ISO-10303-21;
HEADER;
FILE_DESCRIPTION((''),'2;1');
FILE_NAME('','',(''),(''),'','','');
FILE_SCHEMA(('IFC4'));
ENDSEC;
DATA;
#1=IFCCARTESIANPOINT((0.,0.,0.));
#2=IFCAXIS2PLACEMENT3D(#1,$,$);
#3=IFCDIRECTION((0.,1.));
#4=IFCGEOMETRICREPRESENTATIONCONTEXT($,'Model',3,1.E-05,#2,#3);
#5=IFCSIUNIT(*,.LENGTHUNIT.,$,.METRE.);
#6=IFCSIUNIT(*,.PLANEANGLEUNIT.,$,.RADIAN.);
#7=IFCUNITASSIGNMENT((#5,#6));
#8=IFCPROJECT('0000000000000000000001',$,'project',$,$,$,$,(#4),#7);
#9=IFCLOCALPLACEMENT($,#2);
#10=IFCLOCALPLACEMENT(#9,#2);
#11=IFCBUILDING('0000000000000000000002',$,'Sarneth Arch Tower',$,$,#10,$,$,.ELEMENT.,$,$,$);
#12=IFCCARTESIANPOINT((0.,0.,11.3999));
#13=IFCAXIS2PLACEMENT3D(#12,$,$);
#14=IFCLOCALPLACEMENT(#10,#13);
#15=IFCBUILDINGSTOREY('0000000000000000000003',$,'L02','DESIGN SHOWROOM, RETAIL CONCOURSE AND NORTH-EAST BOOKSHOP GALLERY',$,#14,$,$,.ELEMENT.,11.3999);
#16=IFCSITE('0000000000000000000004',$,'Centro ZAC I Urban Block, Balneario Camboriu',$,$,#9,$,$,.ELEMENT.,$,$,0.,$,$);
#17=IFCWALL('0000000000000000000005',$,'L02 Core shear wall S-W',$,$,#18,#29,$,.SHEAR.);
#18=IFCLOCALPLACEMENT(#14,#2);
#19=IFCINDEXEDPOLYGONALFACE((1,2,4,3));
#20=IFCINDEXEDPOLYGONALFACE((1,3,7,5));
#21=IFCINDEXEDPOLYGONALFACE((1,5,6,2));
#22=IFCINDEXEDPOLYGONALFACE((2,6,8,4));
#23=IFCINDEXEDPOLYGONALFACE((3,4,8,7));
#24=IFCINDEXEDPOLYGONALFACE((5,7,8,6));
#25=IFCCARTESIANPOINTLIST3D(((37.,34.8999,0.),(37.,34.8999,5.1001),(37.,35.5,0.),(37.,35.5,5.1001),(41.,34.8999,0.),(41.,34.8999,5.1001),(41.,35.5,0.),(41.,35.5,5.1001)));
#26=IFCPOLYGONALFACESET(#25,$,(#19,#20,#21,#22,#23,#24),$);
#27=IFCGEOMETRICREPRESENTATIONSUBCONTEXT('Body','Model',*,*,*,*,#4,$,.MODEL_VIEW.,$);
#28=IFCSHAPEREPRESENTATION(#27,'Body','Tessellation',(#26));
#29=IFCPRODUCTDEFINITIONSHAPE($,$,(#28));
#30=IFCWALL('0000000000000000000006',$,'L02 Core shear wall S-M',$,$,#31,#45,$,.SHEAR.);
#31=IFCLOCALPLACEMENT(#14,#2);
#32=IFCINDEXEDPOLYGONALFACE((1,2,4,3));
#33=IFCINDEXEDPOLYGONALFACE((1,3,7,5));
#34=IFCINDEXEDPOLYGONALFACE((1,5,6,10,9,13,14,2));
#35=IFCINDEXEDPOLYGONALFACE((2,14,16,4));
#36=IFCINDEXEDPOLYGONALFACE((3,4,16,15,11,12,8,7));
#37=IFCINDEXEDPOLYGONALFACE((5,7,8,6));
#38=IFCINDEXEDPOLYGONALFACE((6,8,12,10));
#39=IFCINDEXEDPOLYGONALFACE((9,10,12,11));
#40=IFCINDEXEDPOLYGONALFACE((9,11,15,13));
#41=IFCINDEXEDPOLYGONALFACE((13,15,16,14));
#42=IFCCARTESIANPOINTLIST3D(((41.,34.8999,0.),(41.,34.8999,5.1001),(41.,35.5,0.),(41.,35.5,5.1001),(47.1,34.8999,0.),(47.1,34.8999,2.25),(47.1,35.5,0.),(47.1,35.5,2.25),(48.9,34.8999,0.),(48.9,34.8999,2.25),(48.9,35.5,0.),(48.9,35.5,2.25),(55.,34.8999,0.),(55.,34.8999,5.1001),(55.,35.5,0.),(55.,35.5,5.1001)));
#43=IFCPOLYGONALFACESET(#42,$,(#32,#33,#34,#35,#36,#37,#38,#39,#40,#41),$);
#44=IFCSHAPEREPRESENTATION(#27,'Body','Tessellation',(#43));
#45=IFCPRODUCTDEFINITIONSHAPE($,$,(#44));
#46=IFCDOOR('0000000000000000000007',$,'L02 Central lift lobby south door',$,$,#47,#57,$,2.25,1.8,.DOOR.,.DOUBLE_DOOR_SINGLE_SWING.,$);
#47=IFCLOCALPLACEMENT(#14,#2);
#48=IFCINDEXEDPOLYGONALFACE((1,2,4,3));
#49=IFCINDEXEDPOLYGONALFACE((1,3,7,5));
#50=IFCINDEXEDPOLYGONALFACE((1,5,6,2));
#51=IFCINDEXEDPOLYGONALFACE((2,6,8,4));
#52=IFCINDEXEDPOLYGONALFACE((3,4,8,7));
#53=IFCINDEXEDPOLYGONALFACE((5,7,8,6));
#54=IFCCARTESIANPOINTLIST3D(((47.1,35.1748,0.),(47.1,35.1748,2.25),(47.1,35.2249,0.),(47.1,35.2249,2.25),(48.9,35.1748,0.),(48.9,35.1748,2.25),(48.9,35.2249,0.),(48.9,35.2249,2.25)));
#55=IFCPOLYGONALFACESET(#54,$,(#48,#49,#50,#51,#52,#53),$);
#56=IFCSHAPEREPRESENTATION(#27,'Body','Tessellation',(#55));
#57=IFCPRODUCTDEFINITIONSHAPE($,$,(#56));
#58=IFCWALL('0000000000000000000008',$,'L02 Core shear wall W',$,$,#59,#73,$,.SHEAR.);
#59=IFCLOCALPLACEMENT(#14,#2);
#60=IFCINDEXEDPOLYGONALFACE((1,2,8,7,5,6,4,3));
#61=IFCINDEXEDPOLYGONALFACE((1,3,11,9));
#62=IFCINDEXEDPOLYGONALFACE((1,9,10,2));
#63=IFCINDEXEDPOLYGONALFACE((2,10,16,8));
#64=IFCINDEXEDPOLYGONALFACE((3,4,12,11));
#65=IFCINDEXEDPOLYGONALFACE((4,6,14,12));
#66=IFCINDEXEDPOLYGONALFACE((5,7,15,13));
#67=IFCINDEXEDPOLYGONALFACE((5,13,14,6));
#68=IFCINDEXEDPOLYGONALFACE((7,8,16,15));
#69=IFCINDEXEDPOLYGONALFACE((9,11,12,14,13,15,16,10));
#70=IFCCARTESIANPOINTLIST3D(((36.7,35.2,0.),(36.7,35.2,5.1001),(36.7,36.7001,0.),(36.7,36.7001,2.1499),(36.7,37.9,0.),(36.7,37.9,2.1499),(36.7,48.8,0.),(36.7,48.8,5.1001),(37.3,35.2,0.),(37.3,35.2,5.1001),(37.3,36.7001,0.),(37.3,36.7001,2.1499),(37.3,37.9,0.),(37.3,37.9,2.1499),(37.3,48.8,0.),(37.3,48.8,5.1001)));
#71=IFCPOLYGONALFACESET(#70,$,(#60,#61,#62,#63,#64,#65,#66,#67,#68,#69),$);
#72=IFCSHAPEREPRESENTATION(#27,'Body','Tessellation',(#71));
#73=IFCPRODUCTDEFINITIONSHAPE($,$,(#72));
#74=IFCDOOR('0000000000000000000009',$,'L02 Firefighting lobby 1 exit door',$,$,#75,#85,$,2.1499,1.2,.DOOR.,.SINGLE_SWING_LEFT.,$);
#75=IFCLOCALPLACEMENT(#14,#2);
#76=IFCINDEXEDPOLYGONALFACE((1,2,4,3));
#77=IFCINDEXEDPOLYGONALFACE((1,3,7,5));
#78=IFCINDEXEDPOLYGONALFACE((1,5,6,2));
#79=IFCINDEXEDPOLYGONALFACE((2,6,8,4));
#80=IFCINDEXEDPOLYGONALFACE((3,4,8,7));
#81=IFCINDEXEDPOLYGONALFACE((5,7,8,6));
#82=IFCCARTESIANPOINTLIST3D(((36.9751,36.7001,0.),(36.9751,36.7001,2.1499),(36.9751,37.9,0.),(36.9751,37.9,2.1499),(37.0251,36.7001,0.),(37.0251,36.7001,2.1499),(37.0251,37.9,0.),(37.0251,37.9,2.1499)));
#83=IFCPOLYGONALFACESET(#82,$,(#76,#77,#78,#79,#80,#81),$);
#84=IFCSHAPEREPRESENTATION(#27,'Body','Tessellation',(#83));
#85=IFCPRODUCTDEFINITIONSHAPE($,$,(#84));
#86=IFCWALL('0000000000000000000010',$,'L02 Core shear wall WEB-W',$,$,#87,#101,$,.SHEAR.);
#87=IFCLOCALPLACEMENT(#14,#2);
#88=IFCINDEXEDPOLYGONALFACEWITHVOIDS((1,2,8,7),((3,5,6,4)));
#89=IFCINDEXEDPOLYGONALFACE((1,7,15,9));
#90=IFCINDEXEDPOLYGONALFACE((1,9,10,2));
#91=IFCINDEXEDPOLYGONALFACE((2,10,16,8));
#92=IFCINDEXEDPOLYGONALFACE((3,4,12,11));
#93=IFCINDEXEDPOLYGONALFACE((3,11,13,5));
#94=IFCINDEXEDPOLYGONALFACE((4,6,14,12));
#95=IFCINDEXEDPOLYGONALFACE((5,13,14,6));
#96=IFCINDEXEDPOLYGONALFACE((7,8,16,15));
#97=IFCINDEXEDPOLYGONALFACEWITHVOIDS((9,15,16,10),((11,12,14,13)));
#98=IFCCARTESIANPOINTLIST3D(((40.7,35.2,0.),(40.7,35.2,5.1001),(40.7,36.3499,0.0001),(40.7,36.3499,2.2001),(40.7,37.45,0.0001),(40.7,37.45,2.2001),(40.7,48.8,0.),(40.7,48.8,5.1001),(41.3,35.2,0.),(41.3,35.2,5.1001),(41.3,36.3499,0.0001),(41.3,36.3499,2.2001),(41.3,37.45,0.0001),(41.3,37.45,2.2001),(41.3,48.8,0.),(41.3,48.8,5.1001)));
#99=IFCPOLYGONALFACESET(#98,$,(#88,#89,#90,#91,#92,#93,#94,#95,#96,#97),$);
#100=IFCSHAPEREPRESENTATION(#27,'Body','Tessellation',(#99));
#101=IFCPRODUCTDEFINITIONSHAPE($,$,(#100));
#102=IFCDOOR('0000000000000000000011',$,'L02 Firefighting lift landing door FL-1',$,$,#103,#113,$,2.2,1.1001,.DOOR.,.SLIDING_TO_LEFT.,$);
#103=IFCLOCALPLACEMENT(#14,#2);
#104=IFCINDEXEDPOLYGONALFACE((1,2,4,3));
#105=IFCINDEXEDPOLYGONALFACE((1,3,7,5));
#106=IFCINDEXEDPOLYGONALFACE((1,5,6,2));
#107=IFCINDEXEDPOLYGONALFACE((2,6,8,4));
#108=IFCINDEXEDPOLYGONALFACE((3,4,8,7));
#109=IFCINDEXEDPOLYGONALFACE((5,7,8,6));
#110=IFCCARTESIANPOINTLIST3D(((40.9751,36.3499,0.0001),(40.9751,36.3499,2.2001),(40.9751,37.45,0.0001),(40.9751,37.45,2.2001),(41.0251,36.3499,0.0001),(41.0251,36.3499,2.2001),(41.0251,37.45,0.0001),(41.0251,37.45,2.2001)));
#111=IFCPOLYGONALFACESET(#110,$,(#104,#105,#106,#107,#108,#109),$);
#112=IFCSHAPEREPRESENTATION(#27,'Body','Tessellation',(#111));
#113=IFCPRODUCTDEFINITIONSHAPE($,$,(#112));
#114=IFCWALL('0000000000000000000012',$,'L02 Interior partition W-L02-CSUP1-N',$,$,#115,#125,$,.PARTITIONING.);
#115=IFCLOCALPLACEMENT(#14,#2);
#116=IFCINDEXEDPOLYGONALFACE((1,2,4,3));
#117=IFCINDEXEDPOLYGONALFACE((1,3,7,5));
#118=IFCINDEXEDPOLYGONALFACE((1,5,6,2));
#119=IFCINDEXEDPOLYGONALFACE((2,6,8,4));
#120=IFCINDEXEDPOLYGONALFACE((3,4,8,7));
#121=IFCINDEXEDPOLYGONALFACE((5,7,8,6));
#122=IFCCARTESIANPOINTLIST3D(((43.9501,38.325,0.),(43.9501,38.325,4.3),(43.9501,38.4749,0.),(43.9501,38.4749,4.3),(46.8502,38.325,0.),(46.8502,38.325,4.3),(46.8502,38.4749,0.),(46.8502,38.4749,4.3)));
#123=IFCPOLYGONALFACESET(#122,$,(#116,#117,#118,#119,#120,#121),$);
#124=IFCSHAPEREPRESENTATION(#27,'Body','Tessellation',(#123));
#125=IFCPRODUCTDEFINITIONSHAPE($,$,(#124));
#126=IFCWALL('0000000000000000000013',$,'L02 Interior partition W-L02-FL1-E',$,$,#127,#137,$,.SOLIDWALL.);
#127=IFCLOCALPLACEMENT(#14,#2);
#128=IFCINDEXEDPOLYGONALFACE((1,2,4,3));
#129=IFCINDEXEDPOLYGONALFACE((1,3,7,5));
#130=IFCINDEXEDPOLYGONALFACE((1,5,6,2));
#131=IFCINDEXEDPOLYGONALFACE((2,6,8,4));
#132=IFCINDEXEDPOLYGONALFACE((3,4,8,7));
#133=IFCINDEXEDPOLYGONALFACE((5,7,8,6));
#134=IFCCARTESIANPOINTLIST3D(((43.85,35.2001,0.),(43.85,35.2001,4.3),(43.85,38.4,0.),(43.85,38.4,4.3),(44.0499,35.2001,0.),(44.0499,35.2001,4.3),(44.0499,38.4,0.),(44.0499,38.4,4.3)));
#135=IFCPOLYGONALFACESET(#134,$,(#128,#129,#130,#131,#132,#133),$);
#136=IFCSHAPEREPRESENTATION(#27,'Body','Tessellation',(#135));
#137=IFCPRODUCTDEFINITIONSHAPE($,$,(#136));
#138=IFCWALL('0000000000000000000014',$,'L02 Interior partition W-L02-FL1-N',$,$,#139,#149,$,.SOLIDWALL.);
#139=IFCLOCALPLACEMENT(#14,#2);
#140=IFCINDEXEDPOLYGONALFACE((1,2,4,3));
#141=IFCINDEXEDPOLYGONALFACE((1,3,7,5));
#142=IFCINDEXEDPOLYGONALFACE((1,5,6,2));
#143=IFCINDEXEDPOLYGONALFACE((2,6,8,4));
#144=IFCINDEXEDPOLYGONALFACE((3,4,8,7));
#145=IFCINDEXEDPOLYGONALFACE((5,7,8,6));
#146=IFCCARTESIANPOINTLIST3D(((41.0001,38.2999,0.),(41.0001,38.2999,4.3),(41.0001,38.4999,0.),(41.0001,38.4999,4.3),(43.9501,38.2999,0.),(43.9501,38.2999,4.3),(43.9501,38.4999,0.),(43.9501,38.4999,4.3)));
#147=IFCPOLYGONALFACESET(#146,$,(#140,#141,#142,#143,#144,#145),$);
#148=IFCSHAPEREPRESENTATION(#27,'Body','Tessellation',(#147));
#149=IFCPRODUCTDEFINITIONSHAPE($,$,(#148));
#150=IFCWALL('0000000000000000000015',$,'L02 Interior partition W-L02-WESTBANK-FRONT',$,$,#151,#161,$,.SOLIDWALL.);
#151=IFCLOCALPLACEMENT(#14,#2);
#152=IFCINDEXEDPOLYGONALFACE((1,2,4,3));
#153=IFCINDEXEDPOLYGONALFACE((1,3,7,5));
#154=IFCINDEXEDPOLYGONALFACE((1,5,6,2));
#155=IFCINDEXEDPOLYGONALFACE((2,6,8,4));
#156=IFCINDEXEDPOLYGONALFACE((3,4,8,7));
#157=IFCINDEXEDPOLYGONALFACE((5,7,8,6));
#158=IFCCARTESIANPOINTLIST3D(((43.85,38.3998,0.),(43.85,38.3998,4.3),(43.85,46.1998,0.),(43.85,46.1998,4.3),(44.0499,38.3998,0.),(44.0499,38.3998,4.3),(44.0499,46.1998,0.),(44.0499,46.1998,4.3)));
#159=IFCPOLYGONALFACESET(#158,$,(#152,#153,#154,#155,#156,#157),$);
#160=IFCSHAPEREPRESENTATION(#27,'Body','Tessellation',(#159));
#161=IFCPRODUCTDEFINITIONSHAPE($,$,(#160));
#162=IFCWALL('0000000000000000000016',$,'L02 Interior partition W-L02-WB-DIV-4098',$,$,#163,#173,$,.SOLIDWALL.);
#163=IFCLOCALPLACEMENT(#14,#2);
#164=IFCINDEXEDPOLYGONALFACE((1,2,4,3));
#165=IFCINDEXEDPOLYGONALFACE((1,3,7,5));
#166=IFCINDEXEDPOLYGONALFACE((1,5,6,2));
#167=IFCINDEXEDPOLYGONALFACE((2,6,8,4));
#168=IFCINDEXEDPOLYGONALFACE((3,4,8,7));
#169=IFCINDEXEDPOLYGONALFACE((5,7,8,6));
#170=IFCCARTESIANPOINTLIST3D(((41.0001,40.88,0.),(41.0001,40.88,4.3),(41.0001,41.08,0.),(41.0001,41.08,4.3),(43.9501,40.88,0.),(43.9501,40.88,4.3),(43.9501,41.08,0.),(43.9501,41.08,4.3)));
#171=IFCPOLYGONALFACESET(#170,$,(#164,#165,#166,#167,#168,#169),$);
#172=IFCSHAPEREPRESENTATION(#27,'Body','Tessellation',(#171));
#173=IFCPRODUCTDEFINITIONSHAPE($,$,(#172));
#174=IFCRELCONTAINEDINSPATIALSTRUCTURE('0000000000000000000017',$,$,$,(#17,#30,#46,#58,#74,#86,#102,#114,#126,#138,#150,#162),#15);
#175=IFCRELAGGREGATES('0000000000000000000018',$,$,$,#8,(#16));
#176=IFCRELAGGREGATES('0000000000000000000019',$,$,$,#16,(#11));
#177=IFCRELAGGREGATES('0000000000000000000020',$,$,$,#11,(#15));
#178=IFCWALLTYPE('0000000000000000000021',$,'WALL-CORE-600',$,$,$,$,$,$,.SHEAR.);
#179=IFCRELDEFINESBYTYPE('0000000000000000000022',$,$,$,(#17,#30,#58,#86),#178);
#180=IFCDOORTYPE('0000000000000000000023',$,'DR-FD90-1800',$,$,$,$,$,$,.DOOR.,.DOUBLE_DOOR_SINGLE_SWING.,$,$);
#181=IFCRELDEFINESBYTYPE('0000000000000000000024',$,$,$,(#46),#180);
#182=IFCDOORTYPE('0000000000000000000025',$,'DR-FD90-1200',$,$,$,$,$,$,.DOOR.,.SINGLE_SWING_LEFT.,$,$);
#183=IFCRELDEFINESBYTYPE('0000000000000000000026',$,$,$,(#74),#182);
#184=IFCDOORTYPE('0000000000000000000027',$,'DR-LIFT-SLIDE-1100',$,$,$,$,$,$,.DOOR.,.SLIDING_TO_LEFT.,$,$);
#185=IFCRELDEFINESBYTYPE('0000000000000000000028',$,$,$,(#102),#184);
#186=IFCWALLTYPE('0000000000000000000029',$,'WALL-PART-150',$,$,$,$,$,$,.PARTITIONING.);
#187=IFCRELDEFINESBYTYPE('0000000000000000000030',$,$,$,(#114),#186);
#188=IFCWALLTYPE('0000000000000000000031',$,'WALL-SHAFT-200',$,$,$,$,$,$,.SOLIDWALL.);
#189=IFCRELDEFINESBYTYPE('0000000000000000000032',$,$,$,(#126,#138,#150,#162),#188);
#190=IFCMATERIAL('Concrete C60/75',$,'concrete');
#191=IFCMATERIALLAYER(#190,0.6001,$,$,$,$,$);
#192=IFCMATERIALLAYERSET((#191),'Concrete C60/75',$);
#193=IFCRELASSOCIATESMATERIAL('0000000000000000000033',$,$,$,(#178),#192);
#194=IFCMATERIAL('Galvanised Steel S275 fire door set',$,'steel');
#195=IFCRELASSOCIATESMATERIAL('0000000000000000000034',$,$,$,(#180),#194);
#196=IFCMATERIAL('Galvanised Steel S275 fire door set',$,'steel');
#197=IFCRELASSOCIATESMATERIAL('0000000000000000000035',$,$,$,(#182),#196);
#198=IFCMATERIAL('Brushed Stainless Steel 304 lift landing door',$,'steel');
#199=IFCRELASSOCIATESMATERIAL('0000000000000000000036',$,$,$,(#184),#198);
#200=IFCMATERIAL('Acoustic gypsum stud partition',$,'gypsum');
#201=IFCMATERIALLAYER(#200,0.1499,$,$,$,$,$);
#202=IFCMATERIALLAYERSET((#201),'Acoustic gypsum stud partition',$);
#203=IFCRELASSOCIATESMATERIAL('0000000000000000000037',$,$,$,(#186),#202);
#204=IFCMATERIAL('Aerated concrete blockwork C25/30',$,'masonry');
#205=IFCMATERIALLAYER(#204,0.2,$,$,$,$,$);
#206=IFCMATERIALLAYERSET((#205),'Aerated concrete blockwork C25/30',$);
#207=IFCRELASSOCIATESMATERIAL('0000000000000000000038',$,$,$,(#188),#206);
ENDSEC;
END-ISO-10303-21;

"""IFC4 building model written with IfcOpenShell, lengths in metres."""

from ifc_helpers import new_model, si_unit, direction, frame, frame_2d, origin, place, context, subcontext, project, spatial, rectangle, extrude, material, layer, layer_set, type_object, element, fill, save


model = new_model("IFC4")

# Units and contexts
model_context = context("Model", 3, precision=1e-05, world=origin(), true_north=direction((0.0, 1.0)))
body_context = subcontext(model_context, "Body", "Model", "MODEL_VIEW")
ifc_project = project(units=[si_unit("LENGTHUNIT", "METRE"), si_unit("PLANEANGLEUNIT", "RADIAN")], contexts=[model_context])

# Site, building, storey
site_placement = place(None, origin())
site = spatial("IfcSite", under=ifc_project, at=site_placement, Name="Centro ZAC I Urban Block, Balneario Camboriu", CompositionType="ELEMENT", RefElevation=0.0)
building_placement = place(site_placement, origin())
building = spatial("IfcBuilding", under=site, at=building_placement, Name="Sarneth Arch Tower", CompositionType="ELEMENT")
storey_placement = place(building_placement, frame((0.0, 0.0, 11.3999)))
storey = spatial("IfcBuildingStorey", under=building, at=storey_placement, Name="L02", Description="DESIGN SHOWROOM, RETAIL CONCOURSE AND NORTH-EAST BOOKSHOP GALLERY", CompositionType="ELEMENT", Elevation=11.3999)

# Wall
ifc_material_1 = material(Name="Concrete C60/75", Category="concrete")
ifc_layer_1 = layer(ifc_material_1, 0.6001)
ifc_layer_set_1 = layer_set([ifc_layer_1], Name="Concrete C60/75")
wall_type_1 = type_object("IfcWallType", Name="WALL-CORE-600", PredefinedType="SHEAR", material=ifc_layer_set_1)
wall_1_placement = place(storey_placement, frame((37.0, 35.2, 0.0), z_axis=(0.0, 0.0, 1.0), x_axis=(1.0, 0.0, 0.0)))
element("IfcWall", 1, at=wall_1_placement, inside=storey, type_object=wall_type_1, Name="L02 Core shear wall S-W", PredefinedType="SHEAR", context=body_context, shape_type="SweptSolid", body=[
    extrude(rectangle(XDim=4.0, YDim=0.6001, at=frame_2d((2.0, 0.0))), origin(), (0.0, 0.0, 1.0), 5.1001),
])

# Walls, openings, doors
wall_2_placement = place(storey_placement, frame((41.0, 35.2, 0.0), z_axis=(0.0, 0.0, 1.0), x_axis=(1.0, 0.0, 0.0)))
wall_2 = element("IfcWall", 2, at=wall_2_placement, inside=storey, type_object=wall_type_1, Name="L02 Core shear wall S-M", PredefinedType="SHEAR", context=body_context, shape_type="SweptSolid", body=[
    extrude(rectangle(XDim=14.0, YDim=0.6001, at=frame_2d((7.0, 0.0))), origin(), (0.0, 0.0, 1.0), 5.1001),
])
opening_1_placement = place(wall_2_placement, frame((6.1001, 0.0, 0.0)))
opening_1 = element("IfcOpeningElement", 3, at=opening_1_placement, cuts=wall_2, PredefinedType="OPENING", context=body_context, shape_type="SweptSolid", body=[
    extrude(rectangle(XDim=1.8, YDim=2.25, at=frame_2d((0.8999, 1.125))), frame((0.0, 0.3101, 0.0), z_axis=(0.0, -1.0, 0.0), x_axis=(1.0, 0.0, 0.0)), (0.0, 0.0, 1.0), 0.6201),
])
ifc_material_2 = material(Name="Galvanised Steel S275 fire door set", Category="steel")
door_type_1 = type_object("IfcDoorType", Name="DR-FD90-1800", OperationType="DOUBLE_DOOR_SINGLE_SWING", PredefinedType="DOOR", material=ifc_material_2)
door_1_placement = place(opening_1_placement, origin())
door_1 = element("IfcDoor", 4, at=door_1_placement, inside=storey, type_object=door_type_1, Name="L02 Central lift lobby south door", OperationType="DOUBLE_DOOR_SINGLE_SWING", OverallHeight=2.25, OverallWidth=1.8, PredefinedType="DOOR", context=body_context, shape_type="SweptSolid", body=[
    extrude(rectangle(XDim=1.8, YDim=2.25, at=frame_2d((0.8999, 1.125))), frame((0.0, 0.0249, 0.0), z_axis=(0.0, -1.0, 0.0), x_axis=(1.0, 0.0, 0.0)), (0.0, 0.0, 1.0), 0.05),
])
fill(opening_1, door_1)
wall_3_placement = place(storey_placement, frame((37.0, 35.2, 0.0), z_axis=(0.0, 0.0, 1.0), x_axis=(0.0, 1.0, 0.0)))
wall_3 = element("IfcWall", 5, at=wall_3_placement, inside=storey, type_object=wall_type_1, Name="L02 Core shear wall W", PredefinedType="SHEAR", context=body_context, shape_type="SweptSolid", body=[
    extrude(rectangle(XDim=13.6001, YDim=0.6001, at=frame_2d((6.8, 0.0))), origin(), (0.0, 0.0, 1.0), 5.1001),
])
opening_2_placement = place(wall_3_placement, frame((1.5, 0.0, 0.0)))
opening_2 = element("IfcOpeningElement", 6, at=opening_2_placement, cuts=wall_3, PredefinedType="OPENING", context=body_context, shape_type="SweptSolid", body=[
    extrude(rectangle(XDim=1.2, YDim=2.1499, at=frame_2d((0.6001, 1.075))), frame((0.0, 0.3101, 0.0), z_axis=(0.0, -1.0, 0.0), x_axis=(1.0, 0.0, 0.0)), (0.0, 0.0, 1.0), 0.6201),
])
ifc_material_3 = material(Name="Galvanised Steel S275 fire door set", Category="steel")
door_type_2 = type_object("IfcDoorType", Name="DR-FD90-1200", OperationType="SINGLE_SWING_LEFT", PredefinedType="DOOR", material=ifc_material_3)
door_2_placement = place(opening_2_placement, origin())
door_2 = element("IfcDoor", 7, at=door_2_placement, inside=storey, type_object=door_type_2, Name="L02 Firefighting lobby 1 exit door", OperationType="SINGLE_SWING_LEFT", OverallHeight=2.1499, OverallWidth=1.2, PredefinedType="DOOR", context=body_context, shape_type="SweptSolid", body=[
    extrude(rectangle(XDim=1.2, YDim=2.1499, at=frame_2d((0.6001, 1.075))), frame((0.0, 0.0249, 0.0), z_axis=(0.0, -1.0, 0.0), x_axis=(1.0, 0.0, 0.0)), (0.0, 0.0, 1.0), 0.05),
])
fill(opening_2, door_2)
wall_4_placement = place(storey_placement, frame((41.0, 35.2, 0.0), z_axis=(0.0, 0.0, 1.0), x_axis=(0.0, 1.0, 0.0)))
wall_4 = element("IfcWall", 8, at=wall_4_placement, inside=storey, type_object=wall_type_1, Name="L02 Core shear wall WEB-W", PredefinedType="SHEAR", context=body_context, shape_type="SweptSolid", body=[
    extrude(rectangle(XDim=13.6001, YDim=0.6001, at=frame_2d((6.8, 0.0))), origin(), (0.0, 0.0, 1.0), 5.1001),
])
opening_3_placement = place(wall_4_placement, frame((1.1499, 0.0, 0.0)))
opening_3 = element("IfcOpeningElement", 9, at=opening_3_placement, cuts=wall_4, PredefinedType="OPENING", context=body_context, shape_type="SweptSolid", body=[
    extrude(rectangle(XDim=1.1001, YDim=2.2, at=frame_2d((0.55, 1.1001))), frame((0.0, 0.3101, 0.0), z_axis=(0.0, -1.0, 0.0), x_axis=(1.0, 0.0, 0.0)), (0.0, 0.0, 1.0), 0.6201),
])
ifc_material_4 = material(Name="Brushed Stainless Steel 304 lift landing door", Category="steel")
door_type_3 = type_object("IfcDoorType", Name="DR-LIFT-SLIDE-1100", OperationType="SLIDING_TO_LEFT", PredefinedType="DOOR", material=ifc_material_4)
door_3_placement = place(opening_3_placement, origin())
door_3 = element("IfcDoor", 10, at=door_3_placement, inside=storey, type_object=door_type_3, Name="L02 Firefighting lift landing door FL-1", OperationType="SLIDING_TO_LEFT", OverallHeight=2.2, OverallWidth=1.1001, PredefinedType="DOOR", context=body_context, shape_type="SweptSolid", body=[
    extrude(rectangle(XDim=1.1001, YDim=2.2, at=frame_2d((0.55, 1.1001))), frame((0.0, 0.0249, 0.0), z_axis=(0.0, -1.0, 0.0), x_axis=(1.0, 0.0, 0.0)), (0.0, 0.0, 1.0), 0.05),
])
fill(opening_3, door_3)

# Wall
ifc_material_5 = material(Name="Acoustic gypsum stud partition", Category="gypsum")
ifc_layer_2 = layer(ifc_material_5, 0.1499)
ifc_layer_set_2 = layer_set([ifc_layer_2], Name="Acoustic gypsum stud partition")
wall_type_2 = type_object("IfcWallType", Name="WALL-PART-150", PredefinedType="PARTITIONING", material=ifc_layer_set_2)
wall_5_placement = place(storey_placement, frame((43.95, 38.3999, 0.0), z_axis=(0.0, 0.0, 1.0), x_axis=(1.0, 0.0, 0.0)))
element("IfcWall", 11, at=wall_5_placement, inside=storey, type_object=wall_type_2, Name="L02 Interior partition W-L02-CSUP1-N", PredefinedType="PARTITIONING", context=body_context, shape_type="SweptSolid", body=[
    extrude(rectangle(XDim=2.9001, YDim=0.1499, at=frame_2d((1.4502, 0.0))), origin(), (0.0, 0.0, 1.0), 4.3),
])

# Shared definitions
ifc_material_6 = material(Name="Aerated concrete blockwork C25/30", Category="masonry")
ifc_layer_3 = layer(ifc_material_6, 0.2)
ifc_layer_set_3 = layer_set([ifc_layer_3], Name="Aerated concrete blockwork C25/30")
wall_type_3 = type_object("IfcWallType", Name="WALL-SHAFT-200", PredefinedType="SOLIDWALL", material=ifc_layer_set_3)

# Walls
wall_6_placement = place(storey_placement, frame((43.95, 35.2, 0.0), z_axis=(0.0, 0.0, 1.0), x_axis=(0.0, 1.0, 0.0)))
element("IfcWall", 12, at=wall_6_placement, inside=storey, type_object=wall_type_3, Name="L02 Interior partition W-L02-FL1-E", PredefinedType="SOLIDWALL", context=body_context, shape_type="SweptSolid", body=[
    extrude(rectangle(XDim=3.2, YDim=0.2, at=frame_2d((1.6001, 0.0))), origin(), (0.0, 0.0, 1.0), 4.3),
])
wall_7_placement = place(storey_placement, frame((41.0, 38.3999, 0.0), z_axis=(0.0, 0.0, 1.0), x_axis=(1.0, 0.0, 0.0)))
element("IfcWall", 13, at=wall_7_placement, inside=storey, type_object=wall_type_3, Name="L02 Interior partition W-L02-FL1-N", PredefinedType="SOLIDWALL", context=body_context, shape_type="SweptSolid", body=[
    extrude(rectangle(XDim=2.95, YDim=0.2, at=frame_2d((1.4751, 0.0))), origin(), (0.0, 0.0, 1.0), 4.3),
])
wall_8_placement = place(storey_placement, frame((43.95, 38.3999, 0.0), z_axis=(0.0, 0.0, 1.0), x_axis=(0.0, 1.0, 0.0)))
element("IfcWall", 14, at=wall_8_placement, inside=storey, type_object=wall_type_3, Name="L02 Interior partition W-L02-WESTBANK-FRONT", PredefinedType="SOLIDWALL", context=body_context, shape_type="SweptSolid", body=[
    extrude(rectangle(XDim=7.8, YDim=0.2, at=frame_2d((3.8999, 0.0))), origin(), (0.0, 0.0, 1.0), 4.3),
])
wall_9_placement = place(storey_placement, frame((41.0, 40.98, 0.0), z_axis=(0.0, 0.0, 1.0), x_axis=(1.0, 0.0, 0.0)))
element("IfcWall", 15, at=wall_9_placement, inside=storey, type_object=wall_type_3, Name="L02 Interior partition W-L02-WB-DIV-4098", PredefinedType="SOLIDWALL", context=body_context, shape_type="SweptSolid", body=[
    extrude(rectangle(XDim=2.95, YDim=0.2, at=frame_2d((1.4751, 0.0))), origin(), (0.0, 0.0, 1.0), 4.3),
])

save(model, "model.ifc")
